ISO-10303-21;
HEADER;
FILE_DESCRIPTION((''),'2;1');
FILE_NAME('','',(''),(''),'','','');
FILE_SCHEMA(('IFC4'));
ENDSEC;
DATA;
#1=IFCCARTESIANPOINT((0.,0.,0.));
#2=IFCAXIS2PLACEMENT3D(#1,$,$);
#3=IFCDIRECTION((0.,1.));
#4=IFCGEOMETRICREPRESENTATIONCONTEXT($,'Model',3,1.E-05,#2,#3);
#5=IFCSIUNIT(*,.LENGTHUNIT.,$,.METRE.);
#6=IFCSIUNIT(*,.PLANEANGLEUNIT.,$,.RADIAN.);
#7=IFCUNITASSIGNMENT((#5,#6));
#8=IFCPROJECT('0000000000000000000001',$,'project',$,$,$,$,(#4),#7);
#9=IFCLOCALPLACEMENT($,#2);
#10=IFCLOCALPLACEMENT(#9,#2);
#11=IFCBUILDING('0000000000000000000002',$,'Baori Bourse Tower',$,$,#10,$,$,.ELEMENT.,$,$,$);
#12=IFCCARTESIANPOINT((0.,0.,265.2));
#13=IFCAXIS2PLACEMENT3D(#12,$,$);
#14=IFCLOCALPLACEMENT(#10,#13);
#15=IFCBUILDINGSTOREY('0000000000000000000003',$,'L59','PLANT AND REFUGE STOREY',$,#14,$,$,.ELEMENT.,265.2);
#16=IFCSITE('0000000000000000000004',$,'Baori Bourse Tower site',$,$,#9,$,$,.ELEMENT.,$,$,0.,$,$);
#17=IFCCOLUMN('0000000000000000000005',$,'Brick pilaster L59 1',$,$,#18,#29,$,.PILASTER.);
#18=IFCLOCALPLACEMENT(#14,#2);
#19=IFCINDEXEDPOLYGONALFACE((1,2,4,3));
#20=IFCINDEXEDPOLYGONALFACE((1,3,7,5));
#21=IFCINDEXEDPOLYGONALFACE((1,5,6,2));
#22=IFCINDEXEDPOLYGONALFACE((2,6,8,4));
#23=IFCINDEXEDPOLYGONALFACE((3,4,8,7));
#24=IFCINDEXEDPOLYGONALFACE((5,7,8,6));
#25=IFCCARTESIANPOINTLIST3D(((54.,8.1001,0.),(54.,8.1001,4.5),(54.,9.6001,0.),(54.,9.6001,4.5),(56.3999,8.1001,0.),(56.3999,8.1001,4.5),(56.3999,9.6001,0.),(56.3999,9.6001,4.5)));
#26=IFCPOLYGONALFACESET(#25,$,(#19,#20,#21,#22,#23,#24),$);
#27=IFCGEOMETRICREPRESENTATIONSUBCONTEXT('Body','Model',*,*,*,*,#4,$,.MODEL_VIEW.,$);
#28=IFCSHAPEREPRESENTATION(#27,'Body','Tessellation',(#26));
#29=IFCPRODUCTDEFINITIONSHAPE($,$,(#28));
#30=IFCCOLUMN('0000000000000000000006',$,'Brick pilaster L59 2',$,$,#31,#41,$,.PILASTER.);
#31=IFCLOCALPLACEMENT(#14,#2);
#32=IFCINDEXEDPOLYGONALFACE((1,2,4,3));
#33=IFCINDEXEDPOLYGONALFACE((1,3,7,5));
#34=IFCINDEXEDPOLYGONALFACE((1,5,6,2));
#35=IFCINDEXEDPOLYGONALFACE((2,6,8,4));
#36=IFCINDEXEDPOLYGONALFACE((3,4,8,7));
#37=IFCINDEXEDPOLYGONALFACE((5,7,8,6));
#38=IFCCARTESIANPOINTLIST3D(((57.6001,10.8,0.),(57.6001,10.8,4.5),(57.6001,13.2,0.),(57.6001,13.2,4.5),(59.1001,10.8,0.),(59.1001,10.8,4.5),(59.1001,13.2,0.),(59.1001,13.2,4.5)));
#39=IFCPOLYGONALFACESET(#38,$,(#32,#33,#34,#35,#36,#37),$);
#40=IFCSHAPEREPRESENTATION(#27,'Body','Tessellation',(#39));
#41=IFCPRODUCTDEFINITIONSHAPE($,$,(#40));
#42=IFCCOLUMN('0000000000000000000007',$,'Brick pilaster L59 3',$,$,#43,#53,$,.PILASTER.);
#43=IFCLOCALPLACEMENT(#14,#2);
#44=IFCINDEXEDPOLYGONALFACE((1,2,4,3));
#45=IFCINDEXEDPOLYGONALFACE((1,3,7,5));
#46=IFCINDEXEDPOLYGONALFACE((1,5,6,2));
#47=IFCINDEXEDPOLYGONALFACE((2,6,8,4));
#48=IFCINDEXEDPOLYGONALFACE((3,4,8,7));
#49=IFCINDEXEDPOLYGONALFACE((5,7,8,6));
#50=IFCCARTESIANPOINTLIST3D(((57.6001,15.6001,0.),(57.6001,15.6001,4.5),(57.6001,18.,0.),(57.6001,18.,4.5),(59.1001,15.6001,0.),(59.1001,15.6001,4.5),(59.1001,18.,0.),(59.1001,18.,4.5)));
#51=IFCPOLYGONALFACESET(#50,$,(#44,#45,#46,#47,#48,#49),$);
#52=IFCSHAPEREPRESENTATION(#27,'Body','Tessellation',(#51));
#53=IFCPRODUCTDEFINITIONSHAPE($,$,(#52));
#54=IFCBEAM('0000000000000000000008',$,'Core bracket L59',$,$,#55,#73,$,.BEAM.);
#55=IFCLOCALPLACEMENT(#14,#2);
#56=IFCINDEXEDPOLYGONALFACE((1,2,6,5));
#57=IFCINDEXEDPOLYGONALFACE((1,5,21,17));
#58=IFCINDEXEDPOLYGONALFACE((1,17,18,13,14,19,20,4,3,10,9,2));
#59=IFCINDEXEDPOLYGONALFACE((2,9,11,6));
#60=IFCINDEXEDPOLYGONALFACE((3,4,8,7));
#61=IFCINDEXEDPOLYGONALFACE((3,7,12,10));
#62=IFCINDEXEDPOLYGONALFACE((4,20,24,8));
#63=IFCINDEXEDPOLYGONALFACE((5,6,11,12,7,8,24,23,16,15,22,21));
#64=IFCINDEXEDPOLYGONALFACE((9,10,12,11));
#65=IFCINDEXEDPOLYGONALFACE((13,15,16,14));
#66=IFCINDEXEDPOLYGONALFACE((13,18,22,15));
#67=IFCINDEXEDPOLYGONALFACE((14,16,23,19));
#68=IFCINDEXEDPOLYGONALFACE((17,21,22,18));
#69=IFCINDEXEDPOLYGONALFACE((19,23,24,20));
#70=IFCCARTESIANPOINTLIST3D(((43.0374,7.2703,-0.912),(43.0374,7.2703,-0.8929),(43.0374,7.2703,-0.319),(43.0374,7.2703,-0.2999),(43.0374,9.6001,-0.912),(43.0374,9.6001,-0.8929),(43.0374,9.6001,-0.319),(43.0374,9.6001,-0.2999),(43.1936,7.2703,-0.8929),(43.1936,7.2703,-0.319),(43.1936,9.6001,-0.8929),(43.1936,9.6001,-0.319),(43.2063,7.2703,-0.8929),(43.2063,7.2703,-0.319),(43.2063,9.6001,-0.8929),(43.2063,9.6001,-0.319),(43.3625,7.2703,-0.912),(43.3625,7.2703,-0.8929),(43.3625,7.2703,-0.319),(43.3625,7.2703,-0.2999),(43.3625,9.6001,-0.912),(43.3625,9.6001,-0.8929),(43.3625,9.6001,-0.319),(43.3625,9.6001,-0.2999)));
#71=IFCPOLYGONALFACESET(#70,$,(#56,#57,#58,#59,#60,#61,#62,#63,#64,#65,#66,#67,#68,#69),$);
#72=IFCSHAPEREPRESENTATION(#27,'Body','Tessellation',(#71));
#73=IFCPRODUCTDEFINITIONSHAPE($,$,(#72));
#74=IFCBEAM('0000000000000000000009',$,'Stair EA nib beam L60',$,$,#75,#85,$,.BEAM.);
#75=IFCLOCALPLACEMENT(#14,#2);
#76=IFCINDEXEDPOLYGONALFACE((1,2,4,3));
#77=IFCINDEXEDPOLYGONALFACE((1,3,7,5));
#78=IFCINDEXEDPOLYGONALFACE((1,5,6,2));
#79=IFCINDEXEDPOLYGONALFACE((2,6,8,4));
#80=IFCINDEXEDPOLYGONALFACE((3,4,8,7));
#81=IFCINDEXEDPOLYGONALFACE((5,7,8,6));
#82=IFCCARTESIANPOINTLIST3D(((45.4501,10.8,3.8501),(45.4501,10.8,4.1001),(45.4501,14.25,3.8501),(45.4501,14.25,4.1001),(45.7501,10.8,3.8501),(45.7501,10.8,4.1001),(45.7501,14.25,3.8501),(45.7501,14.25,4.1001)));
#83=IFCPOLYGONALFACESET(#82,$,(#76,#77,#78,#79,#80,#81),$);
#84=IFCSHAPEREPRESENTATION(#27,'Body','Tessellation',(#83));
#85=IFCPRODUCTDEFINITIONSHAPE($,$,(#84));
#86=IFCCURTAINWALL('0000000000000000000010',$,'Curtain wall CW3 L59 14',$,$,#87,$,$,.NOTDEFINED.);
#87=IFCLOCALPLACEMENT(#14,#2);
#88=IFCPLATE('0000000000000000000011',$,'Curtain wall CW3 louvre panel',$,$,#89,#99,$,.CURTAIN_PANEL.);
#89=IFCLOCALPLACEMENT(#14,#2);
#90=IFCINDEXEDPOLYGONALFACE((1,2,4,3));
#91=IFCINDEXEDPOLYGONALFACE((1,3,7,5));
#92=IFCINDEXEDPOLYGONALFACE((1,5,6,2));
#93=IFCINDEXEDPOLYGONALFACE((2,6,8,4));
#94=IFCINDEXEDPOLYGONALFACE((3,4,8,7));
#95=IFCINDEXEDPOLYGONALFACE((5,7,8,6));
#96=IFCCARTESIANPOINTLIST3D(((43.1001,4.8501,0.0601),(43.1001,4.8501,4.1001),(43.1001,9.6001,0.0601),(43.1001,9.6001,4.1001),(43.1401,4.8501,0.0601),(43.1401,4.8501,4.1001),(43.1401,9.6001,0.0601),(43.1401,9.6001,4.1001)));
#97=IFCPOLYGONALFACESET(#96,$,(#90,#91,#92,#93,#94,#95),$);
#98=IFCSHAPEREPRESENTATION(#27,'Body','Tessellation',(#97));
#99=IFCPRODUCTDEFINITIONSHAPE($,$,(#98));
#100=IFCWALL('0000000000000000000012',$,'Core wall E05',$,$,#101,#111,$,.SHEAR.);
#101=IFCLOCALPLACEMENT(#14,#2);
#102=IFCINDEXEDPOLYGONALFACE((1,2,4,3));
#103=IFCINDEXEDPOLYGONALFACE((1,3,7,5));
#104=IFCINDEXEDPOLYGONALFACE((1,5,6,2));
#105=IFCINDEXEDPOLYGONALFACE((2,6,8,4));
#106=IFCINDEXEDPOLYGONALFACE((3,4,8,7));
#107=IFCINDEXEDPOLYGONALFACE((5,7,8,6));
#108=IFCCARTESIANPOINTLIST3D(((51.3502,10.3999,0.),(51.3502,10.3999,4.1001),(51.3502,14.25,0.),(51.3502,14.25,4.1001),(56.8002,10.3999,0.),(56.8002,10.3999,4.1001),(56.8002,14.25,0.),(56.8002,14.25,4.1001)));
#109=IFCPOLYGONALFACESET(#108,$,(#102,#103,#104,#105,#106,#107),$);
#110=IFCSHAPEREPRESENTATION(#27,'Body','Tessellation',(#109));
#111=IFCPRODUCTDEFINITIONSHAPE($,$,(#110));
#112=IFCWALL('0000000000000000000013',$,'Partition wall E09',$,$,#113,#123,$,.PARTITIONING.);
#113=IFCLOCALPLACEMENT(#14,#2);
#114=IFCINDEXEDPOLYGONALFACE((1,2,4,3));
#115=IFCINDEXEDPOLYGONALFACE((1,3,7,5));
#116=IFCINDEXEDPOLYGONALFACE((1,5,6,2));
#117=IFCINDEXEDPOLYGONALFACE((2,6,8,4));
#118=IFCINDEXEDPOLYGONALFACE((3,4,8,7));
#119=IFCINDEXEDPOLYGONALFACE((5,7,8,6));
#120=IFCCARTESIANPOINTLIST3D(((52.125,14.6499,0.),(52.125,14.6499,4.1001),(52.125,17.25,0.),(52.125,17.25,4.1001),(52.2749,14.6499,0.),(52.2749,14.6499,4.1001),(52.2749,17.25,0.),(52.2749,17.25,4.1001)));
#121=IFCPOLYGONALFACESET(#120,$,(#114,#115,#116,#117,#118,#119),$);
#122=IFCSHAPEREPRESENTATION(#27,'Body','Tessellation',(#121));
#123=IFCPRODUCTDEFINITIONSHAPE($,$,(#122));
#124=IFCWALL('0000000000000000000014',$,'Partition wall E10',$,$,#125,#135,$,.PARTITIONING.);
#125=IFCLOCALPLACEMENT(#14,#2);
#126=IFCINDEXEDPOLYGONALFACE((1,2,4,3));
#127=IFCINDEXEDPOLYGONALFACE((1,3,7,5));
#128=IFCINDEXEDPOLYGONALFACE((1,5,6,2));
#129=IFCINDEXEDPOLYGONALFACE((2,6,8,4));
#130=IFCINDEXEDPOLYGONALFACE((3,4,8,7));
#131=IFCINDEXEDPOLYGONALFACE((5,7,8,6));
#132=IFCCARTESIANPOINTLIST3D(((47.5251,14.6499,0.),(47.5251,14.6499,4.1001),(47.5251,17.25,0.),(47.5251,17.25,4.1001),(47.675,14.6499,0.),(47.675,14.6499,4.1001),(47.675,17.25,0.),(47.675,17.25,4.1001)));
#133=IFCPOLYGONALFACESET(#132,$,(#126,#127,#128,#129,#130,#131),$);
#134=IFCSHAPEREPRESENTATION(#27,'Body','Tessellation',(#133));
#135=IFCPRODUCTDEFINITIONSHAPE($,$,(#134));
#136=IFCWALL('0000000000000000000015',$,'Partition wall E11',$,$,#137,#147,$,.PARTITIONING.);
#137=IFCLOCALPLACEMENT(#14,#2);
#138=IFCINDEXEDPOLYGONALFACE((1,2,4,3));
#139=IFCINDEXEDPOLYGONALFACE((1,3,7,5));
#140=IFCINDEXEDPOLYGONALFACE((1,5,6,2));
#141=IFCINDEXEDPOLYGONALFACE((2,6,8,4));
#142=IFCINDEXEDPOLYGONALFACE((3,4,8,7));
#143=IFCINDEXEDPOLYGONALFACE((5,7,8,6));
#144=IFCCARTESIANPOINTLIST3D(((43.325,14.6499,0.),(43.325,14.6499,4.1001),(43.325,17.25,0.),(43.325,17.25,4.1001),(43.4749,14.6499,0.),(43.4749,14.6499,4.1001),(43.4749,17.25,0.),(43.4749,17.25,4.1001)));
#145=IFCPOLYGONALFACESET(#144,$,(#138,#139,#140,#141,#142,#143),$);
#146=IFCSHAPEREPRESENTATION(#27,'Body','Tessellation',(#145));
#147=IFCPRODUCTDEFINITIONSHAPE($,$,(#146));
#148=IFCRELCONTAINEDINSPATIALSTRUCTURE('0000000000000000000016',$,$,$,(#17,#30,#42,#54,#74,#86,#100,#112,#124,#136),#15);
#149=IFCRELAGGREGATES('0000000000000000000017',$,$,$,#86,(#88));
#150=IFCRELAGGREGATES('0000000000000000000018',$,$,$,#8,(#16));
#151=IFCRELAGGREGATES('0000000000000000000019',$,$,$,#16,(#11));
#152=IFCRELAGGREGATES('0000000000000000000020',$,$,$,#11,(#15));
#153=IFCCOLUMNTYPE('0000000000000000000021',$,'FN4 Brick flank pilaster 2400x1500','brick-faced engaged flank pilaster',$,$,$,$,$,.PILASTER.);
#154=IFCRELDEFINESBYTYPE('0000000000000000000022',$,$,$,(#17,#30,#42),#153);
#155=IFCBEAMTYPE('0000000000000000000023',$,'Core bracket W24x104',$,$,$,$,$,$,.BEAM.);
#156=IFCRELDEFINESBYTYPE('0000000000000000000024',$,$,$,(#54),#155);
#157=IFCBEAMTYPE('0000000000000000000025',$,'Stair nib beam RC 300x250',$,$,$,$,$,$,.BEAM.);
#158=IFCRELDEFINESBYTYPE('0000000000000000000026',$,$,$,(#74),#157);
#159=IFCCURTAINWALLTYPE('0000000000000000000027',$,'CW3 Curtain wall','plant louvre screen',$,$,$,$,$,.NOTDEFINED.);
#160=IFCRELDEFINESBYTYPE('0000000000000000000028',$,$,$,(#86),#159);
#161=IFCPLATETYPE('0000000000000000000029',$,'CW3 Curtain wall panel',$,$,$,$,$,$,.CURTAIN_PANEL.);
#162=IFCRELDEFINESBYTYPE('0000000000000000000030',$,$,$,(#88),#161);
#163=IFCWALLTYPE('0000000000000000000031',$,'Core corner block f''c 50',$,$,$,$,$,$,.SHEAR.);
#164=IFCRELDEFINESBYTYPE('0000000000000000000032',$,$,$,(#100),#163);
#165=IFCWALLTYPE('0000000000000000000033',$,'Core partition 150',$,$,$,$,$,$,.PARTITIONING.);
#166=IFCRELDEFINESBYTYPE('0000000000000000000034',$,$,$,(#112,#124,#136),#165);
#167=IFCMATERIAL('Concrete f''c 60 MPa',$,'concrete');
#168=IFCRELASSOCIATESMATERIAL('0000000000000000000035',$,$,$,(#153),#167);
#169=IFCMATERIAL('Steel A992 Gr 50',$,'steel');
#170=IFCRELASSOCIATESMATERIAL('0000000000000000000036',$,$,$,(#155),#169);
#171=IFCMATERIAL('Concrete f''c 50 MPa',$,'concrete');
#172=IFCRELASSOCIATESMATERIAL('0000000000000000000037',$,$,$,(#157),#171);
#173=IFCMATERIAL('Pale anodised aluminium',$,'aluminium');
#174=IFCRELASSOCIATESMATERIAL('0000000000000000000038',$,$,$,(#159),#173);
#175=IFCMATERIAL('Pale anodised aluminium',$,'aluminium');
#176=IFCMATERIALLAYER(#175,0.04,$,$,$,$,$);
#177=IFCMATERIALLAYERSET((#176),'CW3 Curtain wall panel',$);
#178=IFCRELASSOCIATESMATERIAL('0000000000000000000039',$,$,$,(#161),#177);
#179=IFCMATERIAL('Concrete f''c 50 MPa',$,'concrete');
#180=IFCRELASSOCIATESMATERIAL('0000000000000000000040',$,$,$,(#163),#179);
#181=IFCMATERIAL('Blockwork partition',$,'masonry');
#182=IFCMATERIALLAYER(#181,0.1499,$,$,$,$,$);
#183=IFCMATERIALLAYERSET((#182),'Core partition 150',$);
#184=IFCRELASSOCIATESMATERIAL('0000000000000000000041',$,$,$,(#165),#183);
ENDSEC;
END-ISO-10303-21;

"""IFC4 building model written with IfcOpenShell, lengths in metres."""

from ifc_helpers import new_model, si_unit, direction, frame, frame_2d, origin, origin_2d, place, context, subcontext, project, spatial, rectangle, i_section, extrude, material, layer, layer_set, material_profile, profile_set, type_object, element, aggregate, save


model = new_model("IFC4")

# Units and contexts
model_context = context("Model", 3, precision=1e-05, world=origin(), true_north=direction((0.0, 1.0)))
body_context = subcontext(model_context, "Body", "Model", "MODEL_VIEW")
ifc_project = project(units=[si_unit("LENGTHUNIT", "METRE"), si_unit("PLANEANGLEUNIT", "RADIAN")], contexts=[model_context])

# Site, building, storey
site_placement = place(None, origin())
site = spatial("IfcSite", under=ifc_project, at=site_placement, Name="Baori Bourse Tower site", CompositionType="ELEMENT", RefElevation=0.0)
building_placement = place(site_placement, origin())
building = spatial("IfcBuilding", under=site, at=building_placement, Name="Baori Bourse Tower", CompositionType="ELEMENT")
storey_placement = place(building_placement, frame((0.0, 0.0, 265.2)))
storey = spatial("IfcBuildingStorey", under=building, at=storey_placement, Name="L59", Description="PLANT AND REFUGE STOREY", CompositionType="ELEMENT", Elevation=265.2)

# Columns
ifc_material_1 = material(Name="Concrete f'c 60 MPa", Category="concrete")
ifc_material_profile_1 = material_profile(ifc_material_1, rectangle(XDim=2.3999, YDim=1.5, at=origin_2d()), Name="RC 2400x1500")
ifc_profile_set_1 = profile_set([ifc_material_profile_1], Name="Concrete f'c 60 MPa")
column_type = type_object("IfcColumnType", Name="FN4 Brick flank pilaster 2400x1500", Description="brick-faced engaged flank pilaster", PredefinedType="PILASTER", material=ifc_profile_set_1)
for number, where, z_axis, x_axis, name in (
    (1, (55.2, 8.8501, 0.0), (0.0, 0.0, 1.0), (1.0, 0.0, 0.0), "Brick pilaster L59 1"),
    (2, (58.3501, 12.0, 0.0), (0.0, 0.0, 1.0), (0.0, 1.0, 0.0), "Brick pilaster L59 2"),
    (3, (58.3501, 16.8, 0.0), (0.0, 0.0, 1.0), (0.0, 1.0, 0.0), "Brick pilaster L59 3"),
):
    element("IfcColumn", number, at=place(storey_placement, frame(where, z_axis=z_axis, x_axis=x_axis)), inside=storey, type_object=column_type, Name=name, PredefinedType="PILASTER", context=body_context, shape_type="SweptSolid", body=[
        extrude(rectangle(XDim=2.3999, YDim=1.5, at=origin_2d()), origin(), (0.0, 0.0, 1.0), 4.5),
    ])

# Beams
ifc_material_2 = material(Name="Steel A992 Gr 50", Category="steel")
ifc_material_profile_2 = material_profile(ifc_material_2, i_section(OverallWidth=0.3252, OverallDepth=0.6121, WebThickness=0.0127, FlangeThickness=0.019, at=origin_2d()), Name="W24x104")
ifc_profile_set_2 = profile_set([ifc_material_profile_2], Name="Steel A992 Gr 50")
beam_type_1 = type_object("IfcBeamType", Name="Core bracket W24x104", PredefinedType="BEAM", material=ifc_profile_set_2)
beam_1_placement = place(storey_placement, frame((43.2, 7.2703, -0.606), z_axis=(0.0, 1.0, 0.0), x_axis=(-1.0, 0.0, 0.0)))
element("IfcBeam", 4, at=beam_1_placement, inside=storey, type_object=beam_type_1, Name="Core bracket L59", PredefinedType="BEAM", context=body_context, shape_type="SweptSolid", body=[
    extrude(i_section(OverallWidth=0.3252, OverallDepth=0.6121, WebThickness=0.0127, FlangeThickness=0.019, at=origin_2d()), origin(), (0.0, 0.0, 1.0), 2.3298),
])
ifc_material_3 = material(Name="Concrete f'c 50 MPa", Category="concrete")
ifc_material_profile_3 = material_profile(ifc_material_3, rectangle(XDim=0.3, YDim=0.25, at=origin_2d()), Name="RC 300x250")
ifc_profile_set_3 = profile_set([ifc_material_profile_3], Name="Concrete f'c 50 MPa")
beam_type_2 = type_object("IfcBeamType", Name="Stair nib beam RC 300x250", PredefinedType="BEAM", material=ifc_profile_set_3)
beam_2_placement = place(storey_placement, frame((45.6001, 10.8, 3.9751), z_axis=(0.0, 1.0, 0.0), x_axis=(-1.0, 0.0, 0.0)))
element("IfcBeam", 5, at=beam_2_placement, inside=storey, type_object=beam_type_2, Name="Stair EA nib beam L60", PredefinedType="BEAM", context=body_context, shape_type="SweptSolid", body=[
    extrude(rectangle(XDim=0.3, YDim=0.25, at=origin_2d()), origin(), (0.0, 0.0, 1.0), 3.45),
])

# Curtain wall, plate
ifc_material_4 = material(Name="Pale anodised aluminium", Category="aluminium")
curtain_wall_type = type_object("IfcCurtainWallType", Name="CW3 Curtain wall", Description="plant louvre screen", PredefinedType="NOTDEFINED", material=ifc_material_4)
curtain_wall_placement = place(storey_placement, origin())
curtain_wall = element("IfcCurtainWall", 6, at=curtain_wall_placement, inside=storey, type_object=curtain_wall_type, Name="Curtain wall CW3 L59 14", PredefinedType="NOTDEFINED")
ifc_material_5 = material(Name="Pale anodised aluminium", Category="aluminium")
ifc_layer_1 = layer(ifc_material_5, 0.04)
ifc_layer_set_1 = layer_set([ifc_layer_1], Name="CW3 Curtain wall panel")
plate_type = type_object("IfcPlateType", Name="CW3 Curtain wall panel", PredefinedType="CURTAIN_PANEL", material=ifc_layer_set_1)
plate_placement = place(storey_placement, frame((43.1201, 7.2251, 0.0601), z_axis=(0.0, 0.0, 1.0), x_axis=(0.0, 1.0, 0.0)))
plate = element("IfcPlate", 7, at=plate_placement, type_object=plate_type, Name="Curtain wall CW3 louvre panel", PredefinedType="CURTAIN_PANEL", context=body_context, shape_type="SweptSolid", body=[
    extrude(rectangle(XDim=4.75, YDim=0.04, at=origin_2d()), origin(), (0.0, 0.0, 1.0), 4.04),
])
aggregate(curtain_wall, [plate])

# Walls
ifc_material_6 = material(Name="Concrete f'c 50 MPa", Category="concrete")
wall_type_1 = type_object("IfcWallType", Name="Core corner block f'c 50", PredefinedType="SHEAR", material=ifc_material_6)
wall_1_placement = place(storey_placement, frame((51.3501, 12.325, 0.0), z_axis=(0.0, 0.0, 1.0), x_axis=(1.0, 0.0, 0.0)))
element("IfcWall", 8, at=wall_1_placement, inside=storey, type_object=wall_type_1, Name="Core wall E05", PredefinedType="SHEAR", context=body_context, shape_type="SweptSolid", body=[
    extrude(rectangle(XDim=5.45, YDim=3.8501, at=frame_2d((2.7251, 0.0))), origin(), (0.0, 0.0, 1.0), 4.1001),
])
ifc_material_7 = material(Name="Blockwork partition", Category="masonry")
ifc_layer_2 = layer(ifc_material_7, 0.1499)
ifc_layer_set_2 = layer_set([ifc_layer_2], Name="Core partition 150")
wall_type_2 = type_object("IfcWallType", Name="Core partition 150", PredefinedType="PARTITIONING", material=ifc_layer_set_2)
for number, where, z_axis, x_axis, name in (
    (9, (52.2, 14.6499, 0.0), (0.0, 0.0, 1.0), (0.0, 1.0, 0.0), "Partition wall E09"),
    (10, (47.6001, 14.6499, 0.0), (0.0, 0.0, 1.0), (0.0, 1.0, 0.0), "Partition wall E10"),
    (11, (43.3999, 14.6499, 0.0), (0.0, 0.0, 1.0), (0.0, 1.0, 0.0), "Partition wall E11"),
):
    element("IfcWall", number, at=place(storey_placement, frame(where, z_axis=z_axis, x_axis=x_axis)), inside=storey, type_object=wall_type_2, Name=name, PredefinedType="PARTITIONING", context=body_context, shape_type="SweptSolid", body=[
        extrude(rectangle(XDim=2.6001, YDim=0.1499, at=frame_2d((1.3, 0.0))), origin(), (0.0, 0.0, 1.0), 4.1001),
    ])

save(model, "model.ifc")
